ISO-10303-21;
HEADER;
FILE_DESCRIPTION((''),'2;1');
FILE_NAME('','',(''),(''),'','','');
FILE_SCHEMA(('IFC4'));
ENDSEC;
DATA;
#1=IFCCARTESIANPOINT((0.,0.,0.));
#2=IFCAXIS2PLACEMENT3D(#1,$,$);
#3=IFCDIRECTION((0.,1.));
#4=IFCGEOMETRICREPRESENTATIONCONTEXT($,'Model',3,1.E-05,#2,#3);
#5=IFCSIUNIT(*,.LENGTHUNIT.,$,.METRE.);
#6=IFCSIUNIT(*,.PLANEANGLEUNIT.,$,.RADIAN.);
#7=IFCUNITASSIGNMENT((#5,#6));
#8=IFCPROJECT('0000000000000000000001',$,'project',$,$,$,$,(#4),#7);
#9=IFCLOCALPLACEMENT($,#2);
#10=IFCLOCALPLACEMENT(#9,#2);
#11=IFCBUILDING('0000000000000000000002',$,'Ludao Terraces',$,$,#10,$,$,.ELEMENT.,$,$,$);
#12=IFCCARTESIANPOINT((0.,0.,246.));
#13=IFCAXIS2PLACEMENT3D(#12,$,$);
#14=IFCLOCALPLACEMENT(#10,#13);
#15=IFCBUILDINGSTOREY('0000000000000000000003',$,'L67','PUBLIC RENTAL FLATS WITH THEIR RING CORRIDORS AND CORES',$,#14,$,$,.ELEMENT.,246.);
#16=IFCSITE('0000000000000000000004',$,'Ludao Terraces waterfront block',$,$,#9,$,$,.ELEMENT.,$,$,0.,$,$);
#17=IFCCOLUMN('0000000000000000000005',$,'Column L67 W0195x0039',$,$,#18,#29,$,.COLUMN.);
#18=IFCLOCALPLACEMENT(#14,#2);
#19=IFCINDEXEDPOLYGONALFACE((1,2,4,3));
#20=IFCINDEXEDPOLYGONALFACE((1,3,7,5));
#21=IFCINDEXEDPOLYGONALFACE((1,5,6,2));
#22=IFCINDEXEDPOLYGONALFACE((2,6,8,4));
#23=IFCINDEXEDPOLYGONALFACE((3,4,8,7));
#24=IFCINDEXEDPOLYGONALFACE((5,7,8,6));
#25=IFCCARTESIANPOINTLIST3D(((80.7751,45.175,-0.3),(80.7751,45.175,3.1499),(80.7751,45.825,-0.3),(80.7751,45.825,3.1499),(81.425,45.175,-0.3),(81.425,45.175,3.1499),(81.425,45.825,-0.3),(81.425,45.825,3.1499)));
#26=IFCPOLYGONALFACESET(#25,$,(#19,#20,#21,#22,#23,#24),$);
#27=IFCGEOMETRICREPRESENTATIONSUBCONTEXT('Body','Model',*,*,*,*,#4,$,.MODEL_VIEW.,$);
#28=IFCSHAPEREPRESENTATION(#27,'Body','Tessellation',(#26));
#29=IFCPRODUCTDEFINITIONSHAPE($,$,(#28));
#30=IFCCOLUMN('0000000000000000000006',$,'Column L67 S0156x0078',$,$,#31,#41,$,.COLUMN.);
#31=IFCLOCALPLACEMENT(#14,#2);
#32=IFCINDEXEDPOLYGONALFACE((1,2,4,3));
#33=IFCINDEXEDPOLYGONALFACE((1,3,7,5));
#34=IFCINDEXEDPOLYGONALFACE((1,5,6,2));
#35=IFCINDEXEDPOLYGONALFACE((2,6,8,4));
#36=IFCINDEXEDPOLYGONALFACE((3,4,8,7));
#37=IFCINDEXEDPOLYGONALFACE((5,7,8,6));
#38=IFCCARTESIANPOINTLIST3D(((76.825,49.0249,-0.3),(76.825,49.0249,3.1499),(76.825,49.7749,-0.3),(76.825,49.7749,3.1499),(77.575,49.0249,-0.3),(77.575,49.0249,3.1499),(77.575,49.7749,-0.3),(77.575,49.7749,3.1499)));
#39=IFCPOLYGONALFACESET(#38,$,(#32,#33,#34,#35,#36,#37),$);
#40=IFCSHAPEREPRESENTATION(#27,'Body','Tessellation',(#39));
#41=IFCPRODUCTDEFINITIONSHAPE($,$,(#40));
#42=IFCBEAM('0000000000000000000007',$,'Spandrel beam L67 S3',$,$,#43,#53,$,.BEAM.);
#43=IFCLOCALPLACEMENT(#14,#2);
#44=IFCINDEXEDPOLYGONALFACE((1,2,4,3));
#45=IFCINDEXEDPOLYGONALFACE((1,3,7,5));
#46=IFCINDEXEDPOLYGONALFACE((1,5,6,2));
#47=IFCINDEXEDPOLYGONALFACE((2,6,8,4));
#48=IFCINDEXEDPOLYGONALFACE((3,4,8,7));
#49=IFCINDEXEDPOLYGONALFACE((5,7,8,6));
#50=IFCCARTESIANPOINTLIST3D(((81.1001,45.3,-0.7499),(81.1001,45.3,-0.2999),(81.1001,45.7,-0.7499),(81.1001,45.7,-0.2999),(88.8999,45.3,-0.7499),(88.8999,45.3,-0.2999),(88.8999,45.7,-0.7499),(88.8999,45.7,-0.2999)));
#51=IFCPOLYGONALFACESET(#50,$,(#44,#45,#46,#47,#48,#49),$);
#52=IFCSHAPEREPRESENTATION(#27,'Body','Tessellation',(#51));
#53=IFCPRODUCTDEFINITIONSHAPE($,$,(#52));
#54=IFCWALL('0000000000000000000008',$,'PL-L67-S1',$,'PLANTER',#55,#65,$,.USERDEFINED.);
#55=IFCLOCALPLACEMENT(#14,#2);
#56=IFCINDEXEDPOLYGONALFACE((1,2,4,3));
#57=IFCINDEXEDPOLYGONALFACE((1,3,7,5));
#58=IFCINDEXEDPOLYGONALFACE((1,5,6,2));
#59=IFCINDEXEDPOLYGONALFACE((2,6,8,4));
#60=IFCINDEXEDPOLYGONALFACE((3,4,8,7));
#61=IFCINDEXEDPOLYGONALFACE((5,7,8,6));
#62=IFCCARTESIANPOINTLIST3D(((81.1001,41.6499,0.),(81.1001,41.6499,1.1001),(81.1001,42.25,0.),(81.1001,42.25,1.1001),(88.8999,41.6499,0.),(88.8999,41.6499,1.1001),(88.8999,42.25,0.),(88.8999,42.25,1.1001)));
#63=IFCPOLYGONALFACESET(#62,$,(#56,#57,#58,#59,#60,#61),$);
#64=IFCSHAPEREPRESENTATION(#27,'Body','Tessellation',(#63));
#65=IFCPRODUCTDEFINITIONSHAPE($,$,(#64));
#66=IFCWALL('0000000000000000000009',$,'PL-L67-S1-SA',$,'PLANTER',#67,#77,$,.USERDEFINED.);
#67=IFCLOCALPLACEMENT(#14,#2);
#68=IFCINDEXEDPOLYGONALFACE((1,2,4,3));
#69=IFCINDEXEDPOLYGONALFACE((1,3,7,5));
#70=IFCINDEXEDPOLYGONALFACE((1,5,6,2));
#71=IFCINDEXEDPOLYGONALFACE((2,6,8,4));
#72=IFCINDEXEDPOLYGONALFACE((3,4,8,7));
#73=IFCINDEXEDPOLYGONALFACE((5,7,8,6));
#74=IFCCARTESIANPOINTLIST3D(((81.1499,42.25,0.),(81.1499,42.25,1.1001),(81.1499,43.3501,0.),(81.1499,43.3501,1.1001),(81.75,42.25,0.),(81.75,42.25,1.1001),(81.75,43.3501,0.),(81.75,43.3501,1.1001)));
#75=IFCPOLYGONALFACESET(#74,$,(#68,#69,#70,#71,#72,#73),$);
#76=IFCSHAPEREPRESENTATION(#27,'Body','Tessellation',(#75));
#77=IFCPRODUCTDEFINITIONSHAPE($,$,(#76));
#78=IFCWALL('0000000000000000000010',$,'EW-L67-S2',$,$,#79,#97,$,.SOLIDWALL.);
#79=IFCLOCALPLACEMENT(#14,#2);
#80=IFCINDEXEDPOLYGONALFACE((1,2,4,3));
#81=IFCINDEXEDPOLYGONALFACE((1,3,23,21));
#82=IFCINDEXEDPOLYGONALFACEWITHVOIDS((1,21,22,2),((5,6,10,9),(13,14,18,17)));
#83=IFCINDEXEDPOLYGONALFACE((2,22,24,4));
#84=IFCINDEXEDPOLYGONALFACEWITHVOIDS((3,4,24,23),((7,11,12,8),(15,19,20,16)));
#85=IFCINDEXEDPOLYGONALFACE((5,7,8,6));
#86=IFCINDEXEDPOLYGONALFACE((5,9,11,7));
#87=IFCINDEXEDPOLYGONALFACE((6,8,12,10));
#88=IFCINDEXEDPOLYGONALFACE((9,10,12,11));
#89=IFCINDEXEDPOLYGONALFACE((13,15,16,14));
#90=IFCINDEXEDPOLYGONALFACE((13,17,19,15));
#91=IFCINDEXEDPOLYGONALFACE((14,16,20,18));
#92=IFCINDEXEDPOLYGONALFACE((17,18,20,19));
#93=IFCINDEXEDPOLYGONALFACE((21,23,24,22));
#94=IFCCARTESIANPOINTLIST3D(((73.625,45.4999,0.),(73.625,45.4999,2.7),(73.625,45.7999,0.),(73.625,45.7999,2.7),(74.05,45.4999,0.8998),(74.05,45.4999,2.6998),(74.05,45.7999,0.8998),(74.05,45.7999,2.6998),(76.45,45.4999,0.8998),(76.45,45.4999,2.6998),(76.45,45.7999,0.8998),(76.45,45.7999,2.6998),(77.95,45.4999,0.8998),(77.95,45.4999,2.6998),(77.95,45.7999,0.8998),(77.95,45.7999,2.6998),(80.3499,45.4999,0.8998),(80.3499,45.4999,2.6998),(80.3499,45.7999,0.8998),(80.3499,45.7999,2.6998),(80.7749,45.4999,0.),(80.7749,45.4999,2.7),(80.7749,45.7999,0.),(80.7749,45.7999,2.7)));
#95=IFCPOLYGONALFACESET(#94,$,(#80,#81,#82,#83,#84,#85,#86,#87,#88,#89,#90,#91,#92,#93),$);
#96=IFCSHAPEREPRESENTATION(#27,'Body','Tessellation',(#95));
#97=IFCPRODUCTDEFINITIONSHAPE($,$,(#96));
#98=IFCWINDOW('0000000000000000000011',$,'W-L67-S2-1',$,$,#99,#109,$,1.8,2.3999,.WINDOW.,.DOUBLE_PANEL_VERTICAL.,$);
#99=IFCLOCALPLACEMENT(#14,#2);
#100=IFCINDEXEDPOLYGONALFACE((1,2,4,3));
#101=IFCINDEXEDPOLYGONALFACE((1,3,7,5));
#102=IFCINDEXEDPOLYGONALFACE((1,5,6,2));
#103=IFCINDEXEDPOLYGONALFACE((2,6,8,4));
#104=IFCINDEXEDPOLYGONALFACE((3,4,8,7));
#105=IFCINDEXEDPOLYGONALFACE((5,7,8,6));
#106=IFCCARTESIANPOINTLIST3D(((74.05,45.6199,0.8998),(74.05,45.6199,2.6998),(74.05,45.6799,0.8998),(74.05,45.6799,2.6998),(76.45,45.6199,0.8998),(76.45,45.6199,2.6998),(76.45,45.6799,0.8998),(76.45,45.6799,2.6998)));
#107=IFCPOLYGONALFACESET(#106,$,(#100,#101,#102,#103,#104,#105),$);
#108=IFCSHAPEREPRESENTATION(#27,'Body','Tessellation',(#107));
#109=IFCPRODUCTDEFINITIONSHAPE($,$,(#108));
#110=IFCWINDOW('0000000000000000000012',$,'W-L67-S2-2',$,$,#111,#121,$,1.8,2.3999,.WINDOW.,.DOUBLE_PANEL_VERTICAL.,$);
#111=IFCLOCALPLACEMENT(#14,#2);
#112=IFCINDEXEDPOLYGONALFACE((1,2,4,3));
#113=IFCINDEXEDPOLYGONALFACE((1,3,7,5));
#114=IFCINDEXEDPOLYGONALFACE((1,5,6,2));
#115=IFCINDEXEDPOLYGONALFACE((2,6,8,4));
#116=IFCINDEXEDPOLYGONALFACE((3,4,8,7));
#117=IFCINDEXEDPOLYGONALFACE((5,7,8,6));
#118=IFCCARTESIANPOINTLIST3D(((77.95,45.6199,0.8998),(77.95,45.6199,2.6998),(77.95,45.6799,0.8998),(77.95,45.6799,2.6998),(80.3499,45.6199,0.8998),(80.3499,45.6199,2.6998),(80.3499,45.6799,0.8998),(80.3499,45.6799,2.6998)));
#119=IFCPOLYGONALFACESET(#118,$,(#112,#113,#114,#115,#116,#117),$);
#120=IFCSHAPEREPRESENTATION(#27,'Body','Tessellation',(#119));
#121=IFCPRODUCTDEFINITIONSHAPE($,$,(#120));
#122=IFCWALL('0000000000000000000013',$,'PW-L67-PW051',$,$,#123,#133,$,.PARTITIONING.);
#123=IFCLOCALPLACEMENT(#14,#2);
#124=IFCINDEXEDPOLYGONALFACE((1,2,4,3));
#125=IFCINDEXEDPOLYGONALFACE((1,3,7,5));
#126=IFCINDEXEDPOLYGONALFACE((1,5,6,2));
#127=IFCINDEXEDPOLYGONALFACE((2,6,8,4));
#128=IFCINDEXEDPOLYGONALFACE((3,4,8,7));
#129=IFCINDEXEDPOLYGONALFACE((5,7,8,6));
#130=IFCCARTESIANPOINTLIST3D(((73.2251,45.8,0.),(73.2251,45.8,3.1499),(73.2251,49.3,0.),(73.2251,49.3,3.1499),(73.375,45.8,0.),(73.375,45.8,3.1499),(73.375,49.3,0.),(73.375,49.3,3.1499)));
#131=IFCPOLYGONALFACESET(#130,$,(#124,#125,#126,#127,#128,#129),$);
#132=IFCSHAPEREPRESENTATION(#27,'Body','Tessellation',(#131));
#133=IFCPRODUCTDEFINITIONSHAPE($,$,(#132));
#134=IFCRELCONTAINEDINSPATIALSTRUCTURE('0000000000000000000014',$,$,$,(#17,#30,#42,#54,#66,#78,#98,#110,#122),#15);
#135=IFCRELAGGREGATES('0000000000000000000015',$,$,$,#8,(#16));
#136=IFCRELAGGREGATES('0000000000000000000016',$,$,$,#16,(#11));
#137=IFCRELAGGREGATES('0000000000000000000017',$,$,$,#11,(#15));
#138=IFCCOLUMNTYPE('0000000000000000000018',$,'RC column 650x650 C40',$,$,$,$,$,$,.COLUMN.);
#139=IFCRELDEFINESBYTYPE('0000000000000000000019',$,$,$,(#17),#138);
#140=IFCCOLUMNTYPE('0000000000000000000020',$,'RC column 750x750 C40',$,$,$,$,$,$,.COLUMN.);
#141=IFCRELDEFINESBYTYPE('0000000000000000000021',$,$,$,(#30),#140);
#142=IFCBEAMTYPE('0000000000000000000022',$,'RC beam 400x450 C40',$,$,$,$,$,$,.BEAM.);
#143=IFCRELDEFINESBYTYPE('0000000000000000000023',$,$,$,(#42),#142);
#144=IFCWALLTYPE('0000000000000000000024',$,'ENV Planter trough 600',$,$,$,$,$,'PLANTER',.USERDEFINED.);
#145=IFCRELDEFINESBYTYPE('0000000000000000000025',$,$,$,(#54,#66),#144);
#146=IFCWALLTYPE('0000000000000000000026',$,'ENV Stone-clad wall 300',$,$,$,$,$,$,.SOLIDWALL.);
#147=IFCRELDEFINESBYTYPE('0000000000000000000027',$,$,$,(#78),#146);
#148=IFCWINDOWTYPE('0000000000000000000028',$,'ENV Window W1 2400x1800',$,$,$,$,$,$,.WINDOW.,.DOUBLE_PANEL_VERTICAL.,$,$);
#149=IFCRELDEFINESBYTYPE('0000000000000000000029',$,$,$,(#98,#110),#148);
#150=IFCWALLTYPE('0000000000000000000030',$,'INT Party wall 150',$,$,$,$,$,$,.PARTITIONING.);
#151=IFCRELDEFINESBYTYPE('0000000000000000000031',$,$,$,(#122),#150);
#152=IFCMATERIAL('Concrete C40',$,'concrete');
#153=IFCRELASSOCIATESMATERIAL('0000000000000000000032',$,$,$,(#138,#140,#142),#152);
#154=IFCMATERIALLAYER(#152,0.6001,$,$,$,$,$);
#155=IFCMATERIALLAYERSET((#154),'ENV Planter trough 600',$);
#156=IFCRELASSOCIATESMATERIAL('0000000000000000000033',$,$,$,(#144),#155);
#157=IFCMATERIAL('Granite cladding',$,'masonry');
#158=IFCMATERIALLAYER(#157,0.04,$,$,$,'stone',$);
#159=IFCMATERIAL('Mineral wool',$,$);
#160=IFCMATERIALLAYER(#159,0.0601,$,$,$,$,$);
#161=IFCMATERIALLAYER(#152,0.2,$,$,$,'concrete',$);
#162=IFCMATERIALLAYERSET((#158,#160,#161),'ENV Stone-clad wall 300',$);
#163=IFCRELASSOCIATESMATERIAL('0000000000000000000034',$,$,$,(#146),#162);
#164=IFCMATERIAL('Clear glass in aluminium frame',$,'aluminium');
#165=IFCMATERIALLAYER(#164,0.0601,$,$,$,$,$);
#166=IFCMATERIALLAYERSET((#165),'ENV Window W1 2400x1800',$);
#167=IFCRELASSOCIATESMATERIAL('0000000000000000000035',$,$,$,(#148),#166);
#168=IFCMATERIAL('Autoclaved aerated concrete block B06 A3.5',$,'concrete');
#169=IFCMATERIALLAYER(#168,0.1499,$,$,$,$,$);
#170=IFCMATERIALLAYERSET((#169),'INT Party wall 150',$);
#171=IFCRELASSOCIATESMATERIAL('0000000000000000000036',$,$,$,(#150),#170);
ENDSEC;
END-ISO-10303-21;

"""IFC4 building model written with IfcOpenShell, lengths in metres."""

from ifc_helpers import new_model, si_unit, direction, frame, frame_2d, origin, origin_2d, place, context, subcontext, project, spatial, rectangle, extrude, material, layer, layer_set, material_profile, profile_set, type_object, element, fill, save


model = new_model("IFC4")

# Units and contexts
model_context = context("Model", 3, precision=1e-05, world=origin(), true_north=direction((0.0, 1.0)))
body_context = subcontext(model_context, "Body", "Model", "MODEL_VIEW")
ifc_project = project(units=[si_unit("LENGTHUNIT", "METRE"), si_unit("PLANEANGLEUNIT", "RADIAN")], contexts=[model_context])

# Site, building, storey
site_placement = place(None, origin())
site = spatial("IfcSite", under=ifc_project, at=site_placement, Name="Ludao Terraces waterfront block", CompositionType="ELEMENT", RefElevation=0.0)
building_placement = place(site_placement, origin())
building = spatial("IfcBuilding", under=site, at=building_placement, Name="Ludao Terraces", CompositionType="ELEMENT")
storey_placement = place(building_placement, frame((0.0, 0.0, 246.0)))
storey = spatial("IfcBuildingStorey", under=building, at=storey_placement, Name="L67", Description="PUBLIC RENTAL FLATS WITH THEIR RING CORRIDORS AND CORES", CompositionType="ELEMENT", Elevation=246.0)

# Columns
ifc_material_1 = material(Name="Concrete C40", Category="concrete")
ifc_material_profile_1 = material_profile(ifc_material_1, rectangle(XDim=0.6499, YDim=0.6499, at=origin_2d()), Name="650 X 650")
ifc_profile_set_1 = profile_set([ifc_material_profile_1], Name="Concrete C40")
column_type_1 = type_object("IfcColumnType", Name="RC column 650x650 C40", PredefinedType="COLUMN", material=ifc_profile_set_1)
column_1_placement = place(storey_placement, frame((81.1001, 45.5, -0.3), z_axis=(0.0, 0.0, 1.0), x_axis=(1.0, 0.0, 0.0)))
element("IfcColumn", 1, at=column_1_placement, inside=storey, type_object=column_type_1, Name="Column L67 W0195x0039", PredefinedType="COLUMN", context=body_context, shape_type="SweptSolid", body=[
    extrude(rectangle(XDim=0.6499, YDim=0.6499, at=origin_2d()), origin(), (0.0, 0.0, 1.0), 3.45),
])
ifc_material_profile_2 = material_profile(ifc_material_1, rectangle(XDim=0.75, YDim=0.75, at=origin_2d()), Name="750 X 750")
ifc_profile_set_2 = profile_set([ifc_material_profile_2], Name="Concrete C40")
column_type_2 = type_object("IfcColumnType", Name="RC column 750x750 C40", PredefinedType="COLUMN", material=ifc_profile_set_2)
column_2_placement = place(storey_placement, frame((77.2, 49.3999, -0.3), z_axis=(0.0, 0.0, 1.0), x_axis=(1.0, 0.0, 0.0)))
element("IfcColumn", 2, at=column_2_placement, inside=storey, type_object=column_type_2, Name="Column L67 S0156x0078", PredefinedType="COLUMN", context=body_context, shape_type="SweptSolid", body=[
    extrude(rectangle(XDim=0.75, YDim=0.75, at=origin_2d()), origin(), (0.0, 0.0, 1.0), 3.45),
])

# Beam
ifc_material_profile_3 = material_profile(ifc_material_1, rectangle(XDim=0.3999, YDim=0.45, at=origin_2d()), Name="400 X 450")
ifc_profile_set_3 = profile_set([ifc_material_profile_3], Name="Concrete C40")
beam_type = type_object("IfcBeamType", Name="RC beam 400x450 C40", PredefinedType="BEAM", material=ifc_profile_set_3)
beam_placement = place(storey_placement, frame((81.1001, 45.5, -0.5249), z_axis=(1.0, 0.0, 0.0), x_axis=(0.0, 1.0, 0.0)))
element("IfcBeam", 3, at=beam_placement, inside=storey, type_object=beam_type, Name="Spandrel beam L67 S3", PredefinedType="BEAM", context=body_context, shape_type="SweptSolid", body=[
    extrude(rectangle(XDim=0.3999, YDim=0.45, at=origin_2d()), origin(), (0.0, 0.0, 1.0), 7.7998),
])

# Walls
ifc_layer_1 = layer(ifc_material_1, 0.6001)
ifc_layer_set_1 = layer_set([ifc_layer_1], Name="ENV Planter trough 600")
wall_type_1 = type_object("IfcWallType", Name="ENV Planter trough 600", ElementType="PLANTER", PredefinedType="USERDEFINED", material=ifc_layer_set_1)
wall_1_placement = place(storey_placement, frame((81.1001, 41.95, 0.0), z_axis=(0.0, 0.0, 1.0), x_axis=(1.0, 0.0, 0.0)))
element("IfcWall", 4, at=wall_1_placement, inside=storey, type_object=wall_type_1, Name="PL-L67-S1", ObjectType="PLANTER", PredefinedType="USERDEFINED", context=body_context, shape_type="SweptSolid", body=[
    extrude(rectangle(XDim=7.7998, YDim=0.6001, at=frame_2d((3.8999, 0.0))), origin(), (0.0, 0.0, 1.0), 1.1001),
])
wall_2_placement = place(storey_placement, frame((81.45, 42.25, 0.0), z_axis=(0.0, 0.0, 1.0), x_axis=(0.0, 1.0, 0.0)))
element("IfcWall", 5, at=wall_2_placement, inside=storey, type_object=wall_type_1, Name="PL-L67-S1-SA", ObjectType="PLANTER", PredefinedType="USERDEFINED", context=body_context, shape_type="SweptSolid", body=[
    extrude(rectangle(XDim=1.1001, YDim=0.6001, at=frame_2d((0.55, 0.0))), origin(), (0.0, 0.0, 1.0), 1.1001),
])

# Wall, openings, windows
ifc_material_2 = material(Name="Granite cladding", Category="masonry")
ifc_layer_2 = layer(ifc_material_2, 0.04, Category="stone")
ifc_material_3 = material(Name="Mineral wool")
ifc_layer_3 = layer(ifc_material_3, 0.0601)
ifc_layer_4 = layer(ifc_material_1, 0.2, Category="concrete")
ifc_layer_set_2 = layer_set([ifc_layer_2, ifc_layer_3, ifc_layer_4], Name="ENV Stone-clad wall 300")
wall_type_2 = type_object("IfcWallType", Name="ENV Stone-clad wall 300", PredefinedType="SOLIDWALL", material=ifc_layer_set_2)
wall_3_placement = place(storey_placement, frame((73.625, 45.6499, 0.0), z_axis=(0.0, 0.0, 1.0), x_axis=(1.0, 0.0, 0.0)))
wall_3 = element("IfcWall", 6, at=wall_3_placement, inside=storey, type_object=wall_type_2, Name="EW-L67-S2", PredefinedType="SOLIDWALL", context=body_context, shape_type="SweptSolid", body=[
    extrude(rectangle(XDim=7.1499, YDim=0.3, at=frame_2d((3.575, 0.0))), origin(), (0.0, 0.0, 1.0), 2.7),
])
opening_1_placement = place(wall_3_placement, frame((0.425, 0.0, 0.8999)))
opening_1 = element("IfcOpeningElement", 7, at=opening_1_placement, cuts=wall_3, PredefinedType="OPENING", context=body_context, shape_type="SweptSolid", body=[
    extrude(rectangle(XDim=2.3999, YDim=1.8, at=frame_2d((1.2, 0.8999))), frame((0.0, 0.1602, 0.0), z_axis=(0.0, -1.0, 0.0), x_axis=(1.0, 0.0, 0.0)), (0.0, 0.0, 1.0), 0.3201),
])
opening_2_placement = place(wall_3_placement, frame((4.325, 0.0, 0.8999)))
opening_2 = element("IfcOpeningElement", 8, at=opening_2_placement, cuts=wall_3, PredefinedType="OPENING", context=body_context, shape_type="SweptSolid", body=[
    extrude(rectangle(XDim=2.3999, YDim=1.8, at=frame_2d((1.2, 0.8999))), frame((0.0, 0.1602, 0.0), z_axis=(0.0, -1.0, 0.0), x_axis=(1.0, 0.0, 0.0)), (0.0, 0.0, 1.0), 0.3201),
])
ifc_material_4 = material(Name="Clear glass in aluminium frame", Category="aluminium")
ifc_layer_5 = layer(ifc_material_4, 0.0601)
ifc_layer_set_3 = layer_set([ifc_layer_5], Name="ENV Window W1 2400x1800")
window_type = type_object("IfcWindowType", Name="ENV Window W1 2400x1800", PartitioningType="DOUBLE_PANEL_VERTICAL", PredefinedType="WINDOW", material=ifc_layer_set_3)
window_1_placement = place(opening_1_placement, origin())
window_1 = element("IfcWindow", 9, at=window_1_placement, inside=storey, type_object=window_type, Name="W-L67-S2-1", OverallHeight=1.8, OverallWidth=2.3999, PartitioningType="DOUBLE_PANEL_VERTICAL", PredefinedType="WINDOW", context=body_context, shape_type="SweptSolid", body=[
    extrude(rectangle(XDim=2.3999, YDim=1.8, at=frame_2d((1.2, 0.8999))), frame((0.0, 0.03, 0.0), z_axis=(0.0, -1.0, 0.0), x_axis=(1.0, 0.0, 0.0)), (0.0, 0.0, 1.0), 0.0601),
])
fill(opening_1, window_1)
window_2_placement = place(opening_2_placement, origin())
window_2 = element("IfcWindow", 10, at=window_2_placement, inside=storey, type_object=window_type, Name="W-L67-S2-2", OverallHeight=1.8, OverallWidth=2.3999, PartitioningType="DOUBLE_PANEL_VERTICAL", PredefinedType="WINDOW", context=body_context, shape_type="SweptSolid", body=[
    extrude(rectangle(XDim=2.3999, YDim=1.8, at=frame_2d((1.2, 0.8999))), frame((0.0, 0.03, 0.0), z_axis=(0.0, -1.0, 0.0), x_axis=(1.0, 0.0, 0.0)), (0.0, 0.0, 1.0), 0.0601),
])
fill(opening_2, window_2)

# Wall
ifc_material_5 = material(Name="Autoclaved aerated concrete block B06 A3.5", Category="concrete")
ifc_layer_6 = layer(ifc_material_5, 0.1499)
ifc_layer_set_4 = layer_set([ifc_layer_6], Name="INT Party wall 150")
wall_type_3 = type_object("IfcWallType", Name="INT Party wall 150", PredefinedType="PARTITIONING", material=ifc_layer_set_4)
wall_4_placement = place(storey_placement, frame((73.3, 45.8, 0.0), z_axis=(0.0, 0.0, 1.0), x_axis=(0.0, 1.0, 0.0)))
element("IfcWall", 11, at=wall_4_placement, inside=storey, type_object=wall_type_3, Name="PW-L67-PW051", PredefinedType="PARTITIONING", context=body_context, shape_type="SweptSolid", body=[
    extrude(rectangle(XDim=3.5, YDim=0.1499, at=frame_2d((1.75, 0.0))), origin(), (0.0, 0.0, 1.0), 3.1499),
])

save(model, "model.ifc")
